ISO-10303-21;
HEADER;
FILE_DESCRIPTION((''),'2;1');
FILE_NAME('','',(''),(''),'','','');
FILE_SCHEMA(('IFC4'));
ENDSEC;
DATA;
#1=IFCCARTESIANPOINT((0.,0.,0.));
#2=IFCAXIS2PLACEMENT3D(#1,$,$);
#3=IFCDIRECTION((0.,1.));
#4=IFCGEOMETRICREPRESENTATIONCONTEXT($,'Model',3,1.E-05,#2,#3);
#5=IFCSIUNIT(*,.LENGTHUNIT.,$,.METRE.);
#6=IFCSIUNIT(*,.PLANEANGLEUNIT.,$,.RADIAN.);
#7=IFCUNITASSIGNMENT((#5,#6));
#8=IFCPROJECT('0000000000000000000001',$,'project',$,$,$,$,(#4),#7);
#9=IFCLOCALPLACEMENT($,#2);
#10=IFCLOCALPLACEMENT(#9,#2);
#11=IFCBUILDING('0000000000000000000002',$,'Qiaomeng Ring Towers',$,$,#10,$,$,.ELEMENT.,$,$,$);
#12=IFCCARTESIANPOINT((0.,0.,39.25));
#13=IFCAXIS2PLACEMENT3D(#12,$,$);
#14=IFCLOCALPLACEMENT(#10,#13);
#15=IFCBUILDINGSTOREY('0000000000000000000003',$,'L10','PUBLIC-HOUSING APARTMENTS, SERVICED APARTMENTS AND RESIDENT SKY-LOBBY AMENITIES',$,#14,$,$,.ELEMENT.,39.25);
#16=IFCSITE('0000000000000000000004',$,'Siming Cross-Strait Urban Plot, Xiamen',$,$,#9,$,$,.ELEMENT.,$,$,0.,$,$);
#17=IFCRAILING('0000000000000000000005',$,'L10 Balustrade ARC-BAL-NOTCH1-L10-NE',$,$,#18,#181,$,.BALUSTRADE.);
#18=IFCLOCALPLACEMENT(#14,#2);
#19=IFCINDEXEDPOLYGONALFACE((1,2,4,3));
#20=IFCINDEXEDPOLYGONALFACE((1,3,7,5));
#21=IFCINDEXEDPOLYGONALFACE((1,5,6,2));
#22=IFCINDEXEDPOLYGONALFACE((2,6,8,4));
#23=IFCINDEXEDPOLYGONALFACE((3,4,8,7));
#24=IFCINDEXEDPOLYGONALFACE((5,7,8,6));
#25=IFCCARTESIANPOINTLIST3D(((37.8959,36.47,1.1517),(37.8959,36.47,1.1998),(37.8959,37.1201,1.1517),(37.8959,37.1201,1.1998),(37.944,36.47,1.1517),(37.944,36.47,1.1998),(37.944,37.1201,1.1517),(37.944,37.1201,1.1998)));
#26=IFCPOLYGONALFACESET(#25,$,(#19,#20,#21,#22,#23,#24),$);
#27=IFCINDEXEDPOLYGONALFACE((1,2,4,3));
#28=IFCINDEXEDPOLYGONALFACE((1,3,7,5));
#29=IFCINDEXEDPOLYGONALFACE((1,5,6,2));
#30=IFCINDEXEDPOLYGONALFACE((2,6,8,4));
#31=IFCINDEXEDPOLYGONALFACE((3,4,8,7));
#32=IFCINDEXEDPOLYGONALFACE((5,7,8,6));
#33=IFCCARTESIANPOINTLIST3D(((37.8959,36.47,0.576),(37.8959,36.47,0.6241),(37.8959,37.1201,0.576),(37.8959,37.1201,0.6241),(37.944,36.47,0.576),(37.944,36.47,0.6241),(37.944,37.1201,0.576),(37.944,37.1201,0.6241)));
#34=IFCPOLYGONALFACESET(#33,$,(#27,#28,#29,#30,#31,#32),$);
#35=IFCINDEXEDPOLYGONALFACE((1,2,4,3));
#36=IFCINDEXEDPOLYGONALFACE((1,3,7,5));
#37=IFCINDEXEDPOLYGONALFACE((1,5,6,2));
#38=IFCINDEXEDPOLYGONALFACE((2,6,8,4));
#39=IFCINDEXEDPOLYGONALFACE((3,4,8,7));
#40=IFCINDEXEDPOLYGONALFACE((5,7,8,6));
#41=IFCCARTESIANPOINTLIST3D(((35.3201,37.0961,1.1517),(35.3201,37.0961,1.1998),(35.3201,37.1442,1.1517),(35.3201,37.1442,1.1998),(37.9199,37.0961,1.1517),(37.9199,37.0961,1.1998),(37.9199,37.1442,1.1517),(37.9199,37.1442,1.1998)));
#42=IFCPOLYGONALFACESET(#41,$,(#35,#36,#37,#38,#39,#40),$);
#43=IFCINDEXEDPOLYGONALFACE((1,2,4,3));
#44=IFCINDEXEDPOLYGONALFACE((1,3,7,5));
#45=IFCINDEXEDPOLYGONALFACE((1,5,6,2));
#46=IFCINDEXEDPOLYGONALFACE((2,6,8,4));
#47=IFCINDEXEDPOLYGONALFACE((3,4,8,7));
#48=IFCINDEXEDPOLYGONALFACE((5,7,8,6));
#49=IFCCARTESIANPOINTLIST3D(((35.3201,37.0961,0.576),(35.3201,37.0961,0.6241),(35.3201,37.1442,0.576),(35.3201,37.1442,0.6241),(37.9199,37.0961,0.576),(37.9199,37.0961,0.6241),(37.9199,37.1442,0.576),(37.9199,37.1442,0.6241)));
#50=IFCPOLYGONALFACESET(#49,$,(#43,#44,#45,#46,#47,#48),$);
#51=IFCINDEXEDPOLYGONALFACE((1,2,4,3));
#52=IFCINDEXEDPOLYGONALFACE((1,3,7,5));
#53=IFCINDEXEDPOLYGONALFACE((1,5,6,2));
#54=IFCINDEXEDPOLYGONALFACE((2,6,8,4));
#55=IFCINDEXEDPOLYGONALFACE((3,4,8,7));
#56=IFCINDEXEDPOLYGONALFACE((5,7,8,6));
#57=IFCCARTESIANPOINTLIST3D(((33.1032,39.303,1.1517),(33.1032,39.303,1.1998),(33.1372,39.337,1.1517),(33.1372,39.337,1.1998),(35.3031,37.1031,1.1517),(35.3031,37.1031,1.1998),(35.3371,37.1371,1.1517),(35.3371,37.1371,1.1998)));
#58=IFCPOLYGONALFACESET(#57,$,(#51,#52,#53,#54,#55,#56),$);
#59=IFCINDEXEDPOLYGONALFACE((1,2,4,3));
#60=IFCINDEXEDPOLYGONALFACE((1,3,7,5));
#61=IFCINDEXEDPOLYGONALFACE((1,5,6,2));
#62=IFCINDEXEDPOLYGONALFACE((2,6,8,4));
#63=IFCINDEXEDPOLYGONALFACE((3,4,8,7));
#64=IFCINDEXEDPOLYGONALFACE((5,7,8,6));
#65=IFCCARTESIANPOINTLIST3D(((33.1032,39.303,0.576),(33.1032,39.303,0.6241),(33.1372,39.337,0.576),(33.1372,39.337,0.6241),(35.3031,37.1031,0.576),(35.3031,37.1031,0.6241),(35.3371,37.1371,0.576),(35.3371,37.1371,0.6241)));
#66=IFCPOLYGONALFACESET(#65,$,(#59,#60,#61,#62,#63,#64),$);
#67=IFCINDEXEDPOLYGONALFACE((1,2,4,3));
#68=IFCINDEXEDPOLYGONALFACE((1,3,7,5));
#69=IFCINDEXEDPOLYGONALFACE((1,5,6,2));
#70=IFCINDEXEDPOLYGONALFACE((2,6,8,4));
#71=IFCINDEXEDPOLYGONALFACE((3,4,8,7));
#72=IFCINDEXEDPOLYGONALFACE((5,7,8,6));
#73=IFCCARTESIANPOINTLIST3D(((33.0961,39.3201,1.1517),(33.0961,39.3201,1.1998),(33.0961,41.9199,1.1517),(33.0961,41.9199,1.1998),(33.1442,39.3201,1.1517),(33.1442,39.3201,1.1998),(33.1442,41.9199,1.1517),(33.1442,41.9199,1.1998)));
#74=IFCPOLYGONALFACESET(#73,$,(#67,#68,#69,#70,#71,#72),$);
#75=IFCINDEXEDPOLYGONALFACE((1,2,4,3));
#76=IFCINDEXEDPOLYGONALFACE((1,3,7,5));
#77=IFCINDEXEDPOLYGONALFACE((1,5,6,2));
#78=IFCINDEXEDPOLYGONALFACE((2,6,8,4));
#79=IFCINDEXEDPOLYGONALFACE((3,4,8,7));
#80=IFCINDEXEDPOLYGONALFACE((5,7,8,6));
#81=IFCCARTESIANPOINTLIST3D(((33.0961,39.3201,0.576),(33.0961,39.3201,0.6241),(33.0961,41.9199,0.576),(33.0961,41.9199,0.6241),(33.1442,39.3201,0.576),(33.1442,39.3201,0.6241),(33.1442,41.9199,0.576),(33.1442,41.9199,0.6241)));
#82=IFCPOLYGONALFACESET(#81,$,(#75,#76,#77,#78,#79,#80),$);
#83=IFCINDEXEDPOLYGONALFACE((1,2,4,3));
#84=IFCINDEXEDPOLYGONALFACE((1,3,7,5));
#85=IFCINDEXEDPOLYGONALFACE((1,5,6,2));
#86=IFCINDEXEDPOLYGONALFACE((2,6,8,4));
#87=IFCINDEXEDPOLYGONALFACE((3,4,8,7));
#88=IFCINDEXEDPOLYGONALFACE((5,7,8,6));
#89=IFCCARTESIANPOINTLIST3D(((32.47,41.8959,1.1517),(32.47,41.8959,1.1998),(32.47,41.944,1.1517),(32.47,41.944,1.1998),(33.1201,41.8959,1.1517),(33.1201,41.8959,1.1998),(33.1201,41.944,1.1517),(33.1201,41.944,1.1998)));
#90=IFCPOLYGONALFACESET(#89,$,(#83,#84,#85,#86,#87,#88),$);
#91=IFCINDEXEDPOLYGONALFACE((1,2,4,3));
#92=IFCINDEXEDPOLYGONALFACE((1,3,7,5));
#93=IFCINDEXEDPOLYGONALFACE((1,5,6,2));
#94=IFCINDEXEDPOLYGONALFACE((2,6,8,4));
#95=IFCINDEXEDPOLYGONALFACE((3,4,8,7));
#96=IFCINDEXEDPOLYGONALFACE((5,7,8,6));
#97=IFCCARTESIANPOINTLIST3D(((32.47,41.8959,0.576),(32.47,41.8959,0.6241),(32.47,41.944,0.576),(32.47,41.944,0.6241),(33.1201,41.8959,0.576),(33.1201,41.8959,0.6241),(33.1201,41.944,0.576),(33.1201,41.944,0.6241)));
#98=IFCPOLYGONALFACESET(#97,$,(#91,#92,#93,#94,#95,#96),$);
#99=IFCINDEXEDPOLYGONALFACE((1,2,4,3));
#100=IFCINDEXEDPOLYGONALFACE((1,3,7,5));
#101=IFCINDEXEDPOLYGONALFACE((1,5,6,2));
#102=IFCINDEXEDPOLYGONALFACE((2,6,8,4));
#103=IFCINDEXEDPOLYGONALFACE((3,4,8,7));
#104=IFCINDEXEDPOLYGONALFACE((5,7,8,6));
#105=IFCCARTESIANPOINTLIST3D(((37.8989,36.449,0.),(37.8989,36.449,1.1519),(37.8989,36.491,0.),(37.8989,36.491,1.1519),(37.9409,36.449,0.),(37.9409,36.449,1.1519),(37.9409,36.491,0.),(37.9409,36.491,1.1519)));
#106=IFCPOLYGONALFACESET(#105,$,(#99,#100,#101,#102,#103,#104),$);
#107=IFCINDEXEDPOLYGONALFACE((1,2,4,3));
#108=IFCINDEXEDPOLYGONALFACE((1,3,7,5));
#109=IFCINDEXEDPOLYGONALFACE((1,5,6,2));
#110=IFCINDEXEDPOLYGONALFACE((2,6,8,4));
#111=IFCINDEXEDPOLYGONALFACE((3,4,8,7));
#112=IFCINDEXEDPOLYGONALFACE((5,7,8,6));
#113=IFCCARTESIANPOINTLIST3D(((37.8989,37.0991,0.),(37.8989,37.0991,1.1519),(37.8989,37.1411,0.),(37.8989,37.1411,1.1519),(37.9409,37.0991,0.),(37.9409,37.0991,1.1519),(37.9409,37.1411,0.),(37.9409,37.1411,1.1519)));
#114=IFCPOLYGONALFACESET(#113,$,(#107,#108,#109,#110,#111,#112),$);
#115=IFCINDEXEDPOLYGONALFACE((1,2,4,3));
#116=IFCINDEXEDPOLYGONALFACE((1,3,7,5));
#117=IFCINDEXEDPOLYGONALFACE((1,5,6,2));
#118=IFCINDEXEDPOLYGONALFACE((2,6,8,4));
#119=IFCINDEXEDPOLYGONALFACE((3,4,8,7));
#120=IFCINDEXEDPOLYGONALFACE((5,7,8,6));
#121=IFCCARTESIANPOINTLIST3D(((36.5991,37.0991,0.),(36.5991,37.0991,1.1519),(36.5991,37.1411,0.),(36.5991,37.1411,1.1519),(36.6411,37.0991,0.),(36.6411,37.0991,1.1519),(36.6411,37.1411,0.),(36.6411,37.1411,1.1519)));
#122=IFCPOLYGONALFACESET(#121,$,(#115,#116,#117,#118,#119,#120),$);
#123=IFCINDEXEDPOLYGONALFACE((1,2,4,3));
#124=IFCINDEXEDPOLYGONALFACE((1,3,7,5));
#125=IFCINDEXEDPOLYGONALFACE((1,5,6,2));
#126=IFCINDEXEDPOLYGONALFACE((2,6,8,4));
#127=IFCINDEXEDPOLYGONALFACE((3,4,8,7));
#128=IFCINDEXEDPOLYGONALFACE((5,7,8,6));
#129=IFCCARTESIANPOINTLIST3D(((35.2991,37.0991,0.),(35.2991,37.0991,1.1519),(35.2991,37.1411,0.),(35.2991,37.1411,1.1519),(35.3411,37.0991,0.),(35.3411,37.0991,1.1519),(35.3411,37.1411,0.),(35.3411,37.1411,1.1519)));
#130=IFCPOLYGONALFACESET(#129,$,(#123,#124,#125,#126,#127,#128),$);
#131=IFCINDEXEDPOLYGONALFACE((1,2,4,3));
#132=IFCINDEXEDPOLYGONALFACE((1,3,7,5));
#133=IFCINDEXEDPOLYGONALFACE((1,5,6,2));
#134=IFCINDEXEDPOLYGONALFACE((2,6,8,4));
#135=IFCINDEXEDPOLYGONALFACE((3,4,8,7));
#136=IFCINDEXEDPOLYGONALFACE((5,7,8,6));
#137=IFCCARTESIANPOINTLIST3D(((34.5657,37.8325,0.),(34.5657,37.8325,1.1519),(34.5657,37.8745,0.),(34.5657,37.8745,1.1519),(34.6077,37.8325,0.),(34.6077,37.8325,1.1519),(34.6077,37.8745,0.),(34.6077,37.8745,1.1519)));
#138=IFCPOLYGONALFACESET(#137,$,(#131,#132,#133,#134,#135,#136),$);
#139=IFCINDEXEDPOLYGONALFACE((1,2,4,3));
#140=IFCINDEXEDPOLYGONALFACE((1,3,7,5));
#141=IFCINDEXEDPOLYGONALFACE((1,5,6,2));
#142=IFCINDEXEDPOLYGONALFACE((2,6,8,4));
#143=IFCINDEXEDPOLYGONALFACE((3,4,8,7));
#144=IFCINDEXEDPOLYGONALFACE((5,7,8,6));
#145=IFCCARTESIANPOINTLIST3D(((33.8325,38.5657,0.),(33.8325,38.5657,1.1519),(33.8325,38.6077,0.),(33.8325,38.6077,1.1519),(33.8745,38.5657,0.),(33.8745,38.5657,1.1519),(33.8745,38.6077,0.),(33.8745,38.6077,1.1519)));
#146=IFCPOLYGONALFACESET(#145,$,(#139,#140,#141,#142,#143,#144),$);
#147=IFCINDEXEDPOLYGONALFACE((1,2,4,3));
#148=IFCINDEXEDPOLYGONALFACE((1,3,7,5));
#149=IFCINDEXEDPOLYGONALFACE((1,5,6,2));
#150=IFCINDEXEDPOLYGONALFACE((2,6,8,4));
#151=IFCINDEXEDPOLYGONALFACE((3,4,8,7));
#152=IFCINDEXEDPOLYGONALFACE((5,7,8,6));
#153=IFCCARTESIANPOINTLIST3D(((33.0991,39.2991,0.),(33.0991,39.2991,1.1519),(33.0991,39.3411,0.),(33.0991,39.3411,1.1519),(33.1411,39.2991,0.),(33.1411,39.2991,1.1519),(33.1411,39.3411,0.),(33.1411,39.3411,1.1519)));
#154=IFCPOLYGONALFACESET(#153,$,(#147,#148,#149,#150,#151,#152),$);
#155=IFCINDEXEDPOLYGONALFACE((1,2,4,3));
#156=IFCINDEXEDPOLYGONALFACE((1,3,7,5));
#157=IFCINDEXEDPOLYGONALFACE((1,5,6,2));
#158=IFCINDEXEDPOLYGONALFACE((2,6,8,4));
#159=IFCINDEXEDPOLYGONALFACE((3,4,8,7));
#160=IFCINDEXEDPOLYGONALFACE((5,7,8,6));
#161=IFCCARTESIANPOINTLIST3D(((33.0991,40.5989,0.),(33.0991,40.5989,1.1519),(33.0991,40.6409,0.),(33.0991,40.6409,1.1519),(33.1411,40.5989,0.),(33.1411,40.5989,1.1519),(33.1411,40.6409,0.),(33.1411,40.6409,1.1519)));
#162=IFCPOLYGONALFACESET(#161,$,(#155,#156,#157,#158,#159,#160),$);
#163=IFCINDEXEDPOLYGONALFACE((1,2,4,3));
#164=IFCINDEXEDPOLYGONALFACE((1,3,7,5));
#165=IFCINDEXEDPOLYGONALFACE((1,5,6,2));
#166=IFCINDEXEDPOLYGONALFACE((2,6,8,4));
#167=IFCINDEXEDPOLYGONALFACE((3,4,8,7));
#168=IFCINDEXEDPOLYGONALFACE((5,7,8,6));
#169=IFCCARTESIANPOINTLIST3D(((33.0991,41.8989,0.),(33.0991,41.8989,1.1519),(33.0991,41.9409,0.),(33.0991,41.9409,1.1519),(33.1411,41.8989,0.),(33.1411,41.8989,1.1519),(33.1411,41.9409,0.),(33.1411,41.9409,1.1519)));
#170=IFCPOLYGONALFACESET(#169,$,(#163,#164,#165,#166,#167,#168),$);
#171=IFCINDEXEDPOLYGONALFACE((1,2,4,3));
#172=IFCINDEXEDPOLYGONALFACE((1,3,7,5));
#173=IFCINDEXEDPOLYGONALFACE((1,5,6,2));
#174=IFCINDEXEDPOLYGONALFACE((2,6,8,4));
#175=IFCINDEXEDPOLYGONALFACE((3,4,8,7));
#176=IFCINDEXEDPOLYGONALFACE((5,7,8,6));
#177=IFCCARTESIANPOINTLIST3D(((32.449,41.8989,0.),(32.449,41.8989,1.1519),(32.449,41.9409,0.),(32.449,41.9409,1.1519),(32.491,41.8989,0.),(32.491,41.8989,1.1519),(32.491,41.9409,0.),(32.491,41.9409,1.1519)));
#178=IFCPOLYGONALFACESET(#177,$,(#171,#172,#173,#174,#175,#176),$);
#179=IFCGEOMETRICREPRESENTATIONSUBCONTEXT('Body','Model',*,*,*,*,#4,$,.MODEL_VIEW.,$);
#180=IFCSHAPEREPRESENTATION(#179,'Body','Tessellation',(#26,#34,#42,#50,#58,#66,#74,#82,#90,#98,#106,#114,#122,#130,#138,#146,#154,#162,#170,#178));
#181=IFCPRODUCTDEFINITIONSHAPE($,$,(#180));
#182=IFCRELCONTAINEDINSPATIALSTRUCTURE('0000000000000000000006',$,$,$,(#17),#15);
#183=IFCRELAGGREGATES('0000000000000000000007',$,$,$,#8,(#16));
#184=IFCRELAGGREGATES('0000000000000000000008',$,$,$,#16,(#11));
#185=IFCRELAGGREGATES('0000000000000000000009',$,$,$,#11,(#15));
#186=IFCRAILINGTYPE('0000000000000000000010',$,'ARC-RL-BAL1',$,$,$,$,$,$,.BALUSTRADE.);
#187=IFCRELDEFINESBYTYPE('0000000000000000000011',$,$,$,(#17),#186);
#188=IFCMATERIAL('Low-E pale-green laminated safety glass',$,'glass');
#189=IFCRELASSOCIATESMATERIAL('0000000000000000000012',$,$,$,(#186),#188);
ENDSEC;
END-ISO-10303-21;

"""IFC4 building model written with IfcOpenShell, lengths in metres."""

from ifc_helpers import new_model, si_unit, direction, frame, origin, origin_2d, place, context, subcontext, project, spatial, rectangle, extrude, material, type_object, element, save


model = new_model("IFC4")

# Units and contexts
model_context = context("Model", 3, precision=1e-05, world=origin(), true_north=direction((0.0, 1.0)))
body_context = subcontext(model_context, "Body", "Model", "MODEL_VIEW")
ifc_project = project(units=[si_unit("LENGTHUNIT", "METRE"), si_unit("PLANEANGLEUNIT", "RADIAN")], contexts=[model_context])

# Site, building, storey
site_placement = place(None, origin())
site = spatial("IfcSite", under=ifc_project, at=site_placement, Name="Siming Cross-Strait Urban Plot, Xiamen", CompositionType="ELEMENT", RefElevation=0.0)
building_placement = place(site_placement, origin())
building = spatial("IfcBuilding", under=site, at=building_placement, Name="Qiaomeng Ring Towers", CompositionType="ELEMENT")
storey_placement = place(building_placement, frame((0.0, 0.0, 39.25)))
storey = spatial("IfcBuildingStorey", under=building, at=storey_placement, Name="L10", Description="PUBLIC-HOUSING APARTMENTS, SERVICED APARTMENTS AND RESIDENT SKY-LOBBY AMENITIES", CompositionType="ELEMENT", Elevation=39.25)

# Railing
ifc_material_1 = material(Name="Low-E pale-green laminated safety glass", Category="glass")
railing_type = type_object("IfcRailingType", Name="ARC-RL-BAL1", PredefinedType="BALUSTRADE", material=ifc_material_1)
railing_placement = place(storey_placement, frame((37.9199, 36.47, 0.0)))
element("IfcRailing", 1, at=railing_placement, inside=storey, type_object=railing_type, Name="L10 Balustrade ARC-BAL-NOTCH1-L10-NE", PredefinedType="BALUSTRADE", context=body_context, shape_type="SweptSolid", body=[
    extrude(rectangle(XDim=0.0481, YDim=0.0481, at=origin_2d()), frame((0.0, 0.0, 1.1758), z_axis=(0.0, 1.0, 0.0), x_axis=(-1.0, 0.0, 0.0)), (0.0, 0.0, 1.0), 0.6501),
    extrude(rectangle(XDim=0.0481, YDim=0.0481, at=origin_2d()), frame((0.0, 0.0, 0.6001), z_axis=(0.0, 1.0, 0.0), x_axis=(-1.0, 0.0, 0.0)), (0.0, 0.0, 1.0), 0.6501),
    extrude(rectangle(XDim=0.0481, YDim=0.0481, at=origin_2d()), frame((0.0, 0.6501, 1.1758), z_axis=(-1.0, 0.0, 0.0), x_axis=(0.0, -1.0, 0.0)), (0.0, 0.0, 1.0), 2.5999),
    extrude(rectangle(XDim=0.0481, YDim=0.0481, at=origin_2d()), frame((0.0, 0.6501, 0.6001), z_axis=(-1.0, 0.0, 0.0), x_axis=(0.0, -1.0, 0.0)), (0.0, 0.0, 1.0), 2.5999),
    extrude(rectangle(XDim=0.0481, YDim=0.0481, at=origin_2d()), frame((-2.5999, 0.6501, 1.1758), z_axis=(-0.707107, 0.707107, 0.0), x_axis=(-0.707107, -0.707107, 0.0)), (0.0, 0.0, 1.0), 3.1111),
    extrude(rectangle(XDim=0.0481, YDim=0.0481, at=origin_2d()), frame((-2.5999, 0.6501, 0.6001), z_axis=(-0.707107, 0.707107, 0.0), x_axis=(-0.707107, -0.707107, 0.0)), (0.0, 0.0, 1.0), 3.1111),
    extrude(rectangle(XDim=0.0481, YDim=0.0481, at=origin_2d()), frame((-4.7998, 2.8501, 1.1758), z_axis=(0.0, 1.0, 0.0), x_axis=(-1.0, 0.0, 0.0)), (0.0, 0.0, 1.0), 2.5999),
    extrude(rectangle(XDim=0.0481, YDim=0.0481, at=origin_2d()), frame((-4.7998, 2.8501, 0.6001), z_axis=(0.0, 1.0, 0.0), x_axis=(-1.0, 0.0, 0.0)), (0.0, 0.0, 1.0), 2.5999),
    extrude(rectangle(XDim=0.0481, YDim=0.0481, at=origin_2d()), frame((-4.7998, 5.45, 1.1758), z_axis=(-1.0, 0.0, 0.0), x_axis=(0.0, -1.0, 0.0)), (0.0, 0.0, 1.0), 0.6501),
    extrude(rectangle(XDim=0.0481, YDim=0.0481, at=origin_2d()), frame((-4.7998, 5.45, 0.6001), z_axis=(-1.0, 0.0, 0.0), x_axis=(0.0, -1.0, 0.0)), (0.0, 0.0, 1.0), 0.6501),
    extrude(rectangle(XDim=0.042, YDim=0.042, at=origin_2d()), origin(), (0.0, 0.0, 1.0), 1.1519),
    extrude(rectangle(XDim=0.042, YDim=0.042, at=origin_2d()), frame((0.0, 0.6501, 0.0)), (0.0, 0.0, 1.0), 1.1519),
    extrude(rectangle(XDim=0.042, YDim=0.042, at=origin_2d()), frame((-1.2998, 0.6501, 0.0)), (0.0, 0.0, 1.0), 1.1519),
    extrude(rectangle(XDim=0.042, YDim=0.042, at=origin_2d()), frame((-2.5999, 0.6501, 0.0)), (0.0, 0.0, 1.0), 1.1519),
    extrude(rectangle(XDim=0.042, YDim=0.042, at=origin_2d()), frame((-3.3333, 1.3835, 0.0)), (0.0, 0.0, 1.0), 1.1519),
    extrude(rectangle(XDim=0.042, YDim=0.042, at=origin_2d()), frame((-4.0664, 2.1167, 0.0)), (0.0, 0.0, 1.0), 1.1519),
    extrude(rectangle(XDim=0.042, YDim=0.042, at=origin_2d()), frame((-4.7998, 2.8501, 0.0)), (0.0, 0.0, 1.0), 1.1519),
    extrude(rectangle(XDim=0.042, YDim=0.042, at=origin_2d()), frame((-4.7998, 4.1499, 0.0)), (0.0, 0.0, 1.0), 1.1519),
    extrude(rectangle(XDim=0.042, YDim=0.042, at=origin_2d()), frame((-4.7998, 5.45, 0.0)), (0.0, 0.0, 1.0), 1.1519),
    extrude(rectangle(XDim=0.042, YDim=0.042, at=origin_2d()), frame((-5.45, 5.45, 0.0)), (0.0, 0.0, 1.0), 1.1519),
])

save(model, "model.ifc")
